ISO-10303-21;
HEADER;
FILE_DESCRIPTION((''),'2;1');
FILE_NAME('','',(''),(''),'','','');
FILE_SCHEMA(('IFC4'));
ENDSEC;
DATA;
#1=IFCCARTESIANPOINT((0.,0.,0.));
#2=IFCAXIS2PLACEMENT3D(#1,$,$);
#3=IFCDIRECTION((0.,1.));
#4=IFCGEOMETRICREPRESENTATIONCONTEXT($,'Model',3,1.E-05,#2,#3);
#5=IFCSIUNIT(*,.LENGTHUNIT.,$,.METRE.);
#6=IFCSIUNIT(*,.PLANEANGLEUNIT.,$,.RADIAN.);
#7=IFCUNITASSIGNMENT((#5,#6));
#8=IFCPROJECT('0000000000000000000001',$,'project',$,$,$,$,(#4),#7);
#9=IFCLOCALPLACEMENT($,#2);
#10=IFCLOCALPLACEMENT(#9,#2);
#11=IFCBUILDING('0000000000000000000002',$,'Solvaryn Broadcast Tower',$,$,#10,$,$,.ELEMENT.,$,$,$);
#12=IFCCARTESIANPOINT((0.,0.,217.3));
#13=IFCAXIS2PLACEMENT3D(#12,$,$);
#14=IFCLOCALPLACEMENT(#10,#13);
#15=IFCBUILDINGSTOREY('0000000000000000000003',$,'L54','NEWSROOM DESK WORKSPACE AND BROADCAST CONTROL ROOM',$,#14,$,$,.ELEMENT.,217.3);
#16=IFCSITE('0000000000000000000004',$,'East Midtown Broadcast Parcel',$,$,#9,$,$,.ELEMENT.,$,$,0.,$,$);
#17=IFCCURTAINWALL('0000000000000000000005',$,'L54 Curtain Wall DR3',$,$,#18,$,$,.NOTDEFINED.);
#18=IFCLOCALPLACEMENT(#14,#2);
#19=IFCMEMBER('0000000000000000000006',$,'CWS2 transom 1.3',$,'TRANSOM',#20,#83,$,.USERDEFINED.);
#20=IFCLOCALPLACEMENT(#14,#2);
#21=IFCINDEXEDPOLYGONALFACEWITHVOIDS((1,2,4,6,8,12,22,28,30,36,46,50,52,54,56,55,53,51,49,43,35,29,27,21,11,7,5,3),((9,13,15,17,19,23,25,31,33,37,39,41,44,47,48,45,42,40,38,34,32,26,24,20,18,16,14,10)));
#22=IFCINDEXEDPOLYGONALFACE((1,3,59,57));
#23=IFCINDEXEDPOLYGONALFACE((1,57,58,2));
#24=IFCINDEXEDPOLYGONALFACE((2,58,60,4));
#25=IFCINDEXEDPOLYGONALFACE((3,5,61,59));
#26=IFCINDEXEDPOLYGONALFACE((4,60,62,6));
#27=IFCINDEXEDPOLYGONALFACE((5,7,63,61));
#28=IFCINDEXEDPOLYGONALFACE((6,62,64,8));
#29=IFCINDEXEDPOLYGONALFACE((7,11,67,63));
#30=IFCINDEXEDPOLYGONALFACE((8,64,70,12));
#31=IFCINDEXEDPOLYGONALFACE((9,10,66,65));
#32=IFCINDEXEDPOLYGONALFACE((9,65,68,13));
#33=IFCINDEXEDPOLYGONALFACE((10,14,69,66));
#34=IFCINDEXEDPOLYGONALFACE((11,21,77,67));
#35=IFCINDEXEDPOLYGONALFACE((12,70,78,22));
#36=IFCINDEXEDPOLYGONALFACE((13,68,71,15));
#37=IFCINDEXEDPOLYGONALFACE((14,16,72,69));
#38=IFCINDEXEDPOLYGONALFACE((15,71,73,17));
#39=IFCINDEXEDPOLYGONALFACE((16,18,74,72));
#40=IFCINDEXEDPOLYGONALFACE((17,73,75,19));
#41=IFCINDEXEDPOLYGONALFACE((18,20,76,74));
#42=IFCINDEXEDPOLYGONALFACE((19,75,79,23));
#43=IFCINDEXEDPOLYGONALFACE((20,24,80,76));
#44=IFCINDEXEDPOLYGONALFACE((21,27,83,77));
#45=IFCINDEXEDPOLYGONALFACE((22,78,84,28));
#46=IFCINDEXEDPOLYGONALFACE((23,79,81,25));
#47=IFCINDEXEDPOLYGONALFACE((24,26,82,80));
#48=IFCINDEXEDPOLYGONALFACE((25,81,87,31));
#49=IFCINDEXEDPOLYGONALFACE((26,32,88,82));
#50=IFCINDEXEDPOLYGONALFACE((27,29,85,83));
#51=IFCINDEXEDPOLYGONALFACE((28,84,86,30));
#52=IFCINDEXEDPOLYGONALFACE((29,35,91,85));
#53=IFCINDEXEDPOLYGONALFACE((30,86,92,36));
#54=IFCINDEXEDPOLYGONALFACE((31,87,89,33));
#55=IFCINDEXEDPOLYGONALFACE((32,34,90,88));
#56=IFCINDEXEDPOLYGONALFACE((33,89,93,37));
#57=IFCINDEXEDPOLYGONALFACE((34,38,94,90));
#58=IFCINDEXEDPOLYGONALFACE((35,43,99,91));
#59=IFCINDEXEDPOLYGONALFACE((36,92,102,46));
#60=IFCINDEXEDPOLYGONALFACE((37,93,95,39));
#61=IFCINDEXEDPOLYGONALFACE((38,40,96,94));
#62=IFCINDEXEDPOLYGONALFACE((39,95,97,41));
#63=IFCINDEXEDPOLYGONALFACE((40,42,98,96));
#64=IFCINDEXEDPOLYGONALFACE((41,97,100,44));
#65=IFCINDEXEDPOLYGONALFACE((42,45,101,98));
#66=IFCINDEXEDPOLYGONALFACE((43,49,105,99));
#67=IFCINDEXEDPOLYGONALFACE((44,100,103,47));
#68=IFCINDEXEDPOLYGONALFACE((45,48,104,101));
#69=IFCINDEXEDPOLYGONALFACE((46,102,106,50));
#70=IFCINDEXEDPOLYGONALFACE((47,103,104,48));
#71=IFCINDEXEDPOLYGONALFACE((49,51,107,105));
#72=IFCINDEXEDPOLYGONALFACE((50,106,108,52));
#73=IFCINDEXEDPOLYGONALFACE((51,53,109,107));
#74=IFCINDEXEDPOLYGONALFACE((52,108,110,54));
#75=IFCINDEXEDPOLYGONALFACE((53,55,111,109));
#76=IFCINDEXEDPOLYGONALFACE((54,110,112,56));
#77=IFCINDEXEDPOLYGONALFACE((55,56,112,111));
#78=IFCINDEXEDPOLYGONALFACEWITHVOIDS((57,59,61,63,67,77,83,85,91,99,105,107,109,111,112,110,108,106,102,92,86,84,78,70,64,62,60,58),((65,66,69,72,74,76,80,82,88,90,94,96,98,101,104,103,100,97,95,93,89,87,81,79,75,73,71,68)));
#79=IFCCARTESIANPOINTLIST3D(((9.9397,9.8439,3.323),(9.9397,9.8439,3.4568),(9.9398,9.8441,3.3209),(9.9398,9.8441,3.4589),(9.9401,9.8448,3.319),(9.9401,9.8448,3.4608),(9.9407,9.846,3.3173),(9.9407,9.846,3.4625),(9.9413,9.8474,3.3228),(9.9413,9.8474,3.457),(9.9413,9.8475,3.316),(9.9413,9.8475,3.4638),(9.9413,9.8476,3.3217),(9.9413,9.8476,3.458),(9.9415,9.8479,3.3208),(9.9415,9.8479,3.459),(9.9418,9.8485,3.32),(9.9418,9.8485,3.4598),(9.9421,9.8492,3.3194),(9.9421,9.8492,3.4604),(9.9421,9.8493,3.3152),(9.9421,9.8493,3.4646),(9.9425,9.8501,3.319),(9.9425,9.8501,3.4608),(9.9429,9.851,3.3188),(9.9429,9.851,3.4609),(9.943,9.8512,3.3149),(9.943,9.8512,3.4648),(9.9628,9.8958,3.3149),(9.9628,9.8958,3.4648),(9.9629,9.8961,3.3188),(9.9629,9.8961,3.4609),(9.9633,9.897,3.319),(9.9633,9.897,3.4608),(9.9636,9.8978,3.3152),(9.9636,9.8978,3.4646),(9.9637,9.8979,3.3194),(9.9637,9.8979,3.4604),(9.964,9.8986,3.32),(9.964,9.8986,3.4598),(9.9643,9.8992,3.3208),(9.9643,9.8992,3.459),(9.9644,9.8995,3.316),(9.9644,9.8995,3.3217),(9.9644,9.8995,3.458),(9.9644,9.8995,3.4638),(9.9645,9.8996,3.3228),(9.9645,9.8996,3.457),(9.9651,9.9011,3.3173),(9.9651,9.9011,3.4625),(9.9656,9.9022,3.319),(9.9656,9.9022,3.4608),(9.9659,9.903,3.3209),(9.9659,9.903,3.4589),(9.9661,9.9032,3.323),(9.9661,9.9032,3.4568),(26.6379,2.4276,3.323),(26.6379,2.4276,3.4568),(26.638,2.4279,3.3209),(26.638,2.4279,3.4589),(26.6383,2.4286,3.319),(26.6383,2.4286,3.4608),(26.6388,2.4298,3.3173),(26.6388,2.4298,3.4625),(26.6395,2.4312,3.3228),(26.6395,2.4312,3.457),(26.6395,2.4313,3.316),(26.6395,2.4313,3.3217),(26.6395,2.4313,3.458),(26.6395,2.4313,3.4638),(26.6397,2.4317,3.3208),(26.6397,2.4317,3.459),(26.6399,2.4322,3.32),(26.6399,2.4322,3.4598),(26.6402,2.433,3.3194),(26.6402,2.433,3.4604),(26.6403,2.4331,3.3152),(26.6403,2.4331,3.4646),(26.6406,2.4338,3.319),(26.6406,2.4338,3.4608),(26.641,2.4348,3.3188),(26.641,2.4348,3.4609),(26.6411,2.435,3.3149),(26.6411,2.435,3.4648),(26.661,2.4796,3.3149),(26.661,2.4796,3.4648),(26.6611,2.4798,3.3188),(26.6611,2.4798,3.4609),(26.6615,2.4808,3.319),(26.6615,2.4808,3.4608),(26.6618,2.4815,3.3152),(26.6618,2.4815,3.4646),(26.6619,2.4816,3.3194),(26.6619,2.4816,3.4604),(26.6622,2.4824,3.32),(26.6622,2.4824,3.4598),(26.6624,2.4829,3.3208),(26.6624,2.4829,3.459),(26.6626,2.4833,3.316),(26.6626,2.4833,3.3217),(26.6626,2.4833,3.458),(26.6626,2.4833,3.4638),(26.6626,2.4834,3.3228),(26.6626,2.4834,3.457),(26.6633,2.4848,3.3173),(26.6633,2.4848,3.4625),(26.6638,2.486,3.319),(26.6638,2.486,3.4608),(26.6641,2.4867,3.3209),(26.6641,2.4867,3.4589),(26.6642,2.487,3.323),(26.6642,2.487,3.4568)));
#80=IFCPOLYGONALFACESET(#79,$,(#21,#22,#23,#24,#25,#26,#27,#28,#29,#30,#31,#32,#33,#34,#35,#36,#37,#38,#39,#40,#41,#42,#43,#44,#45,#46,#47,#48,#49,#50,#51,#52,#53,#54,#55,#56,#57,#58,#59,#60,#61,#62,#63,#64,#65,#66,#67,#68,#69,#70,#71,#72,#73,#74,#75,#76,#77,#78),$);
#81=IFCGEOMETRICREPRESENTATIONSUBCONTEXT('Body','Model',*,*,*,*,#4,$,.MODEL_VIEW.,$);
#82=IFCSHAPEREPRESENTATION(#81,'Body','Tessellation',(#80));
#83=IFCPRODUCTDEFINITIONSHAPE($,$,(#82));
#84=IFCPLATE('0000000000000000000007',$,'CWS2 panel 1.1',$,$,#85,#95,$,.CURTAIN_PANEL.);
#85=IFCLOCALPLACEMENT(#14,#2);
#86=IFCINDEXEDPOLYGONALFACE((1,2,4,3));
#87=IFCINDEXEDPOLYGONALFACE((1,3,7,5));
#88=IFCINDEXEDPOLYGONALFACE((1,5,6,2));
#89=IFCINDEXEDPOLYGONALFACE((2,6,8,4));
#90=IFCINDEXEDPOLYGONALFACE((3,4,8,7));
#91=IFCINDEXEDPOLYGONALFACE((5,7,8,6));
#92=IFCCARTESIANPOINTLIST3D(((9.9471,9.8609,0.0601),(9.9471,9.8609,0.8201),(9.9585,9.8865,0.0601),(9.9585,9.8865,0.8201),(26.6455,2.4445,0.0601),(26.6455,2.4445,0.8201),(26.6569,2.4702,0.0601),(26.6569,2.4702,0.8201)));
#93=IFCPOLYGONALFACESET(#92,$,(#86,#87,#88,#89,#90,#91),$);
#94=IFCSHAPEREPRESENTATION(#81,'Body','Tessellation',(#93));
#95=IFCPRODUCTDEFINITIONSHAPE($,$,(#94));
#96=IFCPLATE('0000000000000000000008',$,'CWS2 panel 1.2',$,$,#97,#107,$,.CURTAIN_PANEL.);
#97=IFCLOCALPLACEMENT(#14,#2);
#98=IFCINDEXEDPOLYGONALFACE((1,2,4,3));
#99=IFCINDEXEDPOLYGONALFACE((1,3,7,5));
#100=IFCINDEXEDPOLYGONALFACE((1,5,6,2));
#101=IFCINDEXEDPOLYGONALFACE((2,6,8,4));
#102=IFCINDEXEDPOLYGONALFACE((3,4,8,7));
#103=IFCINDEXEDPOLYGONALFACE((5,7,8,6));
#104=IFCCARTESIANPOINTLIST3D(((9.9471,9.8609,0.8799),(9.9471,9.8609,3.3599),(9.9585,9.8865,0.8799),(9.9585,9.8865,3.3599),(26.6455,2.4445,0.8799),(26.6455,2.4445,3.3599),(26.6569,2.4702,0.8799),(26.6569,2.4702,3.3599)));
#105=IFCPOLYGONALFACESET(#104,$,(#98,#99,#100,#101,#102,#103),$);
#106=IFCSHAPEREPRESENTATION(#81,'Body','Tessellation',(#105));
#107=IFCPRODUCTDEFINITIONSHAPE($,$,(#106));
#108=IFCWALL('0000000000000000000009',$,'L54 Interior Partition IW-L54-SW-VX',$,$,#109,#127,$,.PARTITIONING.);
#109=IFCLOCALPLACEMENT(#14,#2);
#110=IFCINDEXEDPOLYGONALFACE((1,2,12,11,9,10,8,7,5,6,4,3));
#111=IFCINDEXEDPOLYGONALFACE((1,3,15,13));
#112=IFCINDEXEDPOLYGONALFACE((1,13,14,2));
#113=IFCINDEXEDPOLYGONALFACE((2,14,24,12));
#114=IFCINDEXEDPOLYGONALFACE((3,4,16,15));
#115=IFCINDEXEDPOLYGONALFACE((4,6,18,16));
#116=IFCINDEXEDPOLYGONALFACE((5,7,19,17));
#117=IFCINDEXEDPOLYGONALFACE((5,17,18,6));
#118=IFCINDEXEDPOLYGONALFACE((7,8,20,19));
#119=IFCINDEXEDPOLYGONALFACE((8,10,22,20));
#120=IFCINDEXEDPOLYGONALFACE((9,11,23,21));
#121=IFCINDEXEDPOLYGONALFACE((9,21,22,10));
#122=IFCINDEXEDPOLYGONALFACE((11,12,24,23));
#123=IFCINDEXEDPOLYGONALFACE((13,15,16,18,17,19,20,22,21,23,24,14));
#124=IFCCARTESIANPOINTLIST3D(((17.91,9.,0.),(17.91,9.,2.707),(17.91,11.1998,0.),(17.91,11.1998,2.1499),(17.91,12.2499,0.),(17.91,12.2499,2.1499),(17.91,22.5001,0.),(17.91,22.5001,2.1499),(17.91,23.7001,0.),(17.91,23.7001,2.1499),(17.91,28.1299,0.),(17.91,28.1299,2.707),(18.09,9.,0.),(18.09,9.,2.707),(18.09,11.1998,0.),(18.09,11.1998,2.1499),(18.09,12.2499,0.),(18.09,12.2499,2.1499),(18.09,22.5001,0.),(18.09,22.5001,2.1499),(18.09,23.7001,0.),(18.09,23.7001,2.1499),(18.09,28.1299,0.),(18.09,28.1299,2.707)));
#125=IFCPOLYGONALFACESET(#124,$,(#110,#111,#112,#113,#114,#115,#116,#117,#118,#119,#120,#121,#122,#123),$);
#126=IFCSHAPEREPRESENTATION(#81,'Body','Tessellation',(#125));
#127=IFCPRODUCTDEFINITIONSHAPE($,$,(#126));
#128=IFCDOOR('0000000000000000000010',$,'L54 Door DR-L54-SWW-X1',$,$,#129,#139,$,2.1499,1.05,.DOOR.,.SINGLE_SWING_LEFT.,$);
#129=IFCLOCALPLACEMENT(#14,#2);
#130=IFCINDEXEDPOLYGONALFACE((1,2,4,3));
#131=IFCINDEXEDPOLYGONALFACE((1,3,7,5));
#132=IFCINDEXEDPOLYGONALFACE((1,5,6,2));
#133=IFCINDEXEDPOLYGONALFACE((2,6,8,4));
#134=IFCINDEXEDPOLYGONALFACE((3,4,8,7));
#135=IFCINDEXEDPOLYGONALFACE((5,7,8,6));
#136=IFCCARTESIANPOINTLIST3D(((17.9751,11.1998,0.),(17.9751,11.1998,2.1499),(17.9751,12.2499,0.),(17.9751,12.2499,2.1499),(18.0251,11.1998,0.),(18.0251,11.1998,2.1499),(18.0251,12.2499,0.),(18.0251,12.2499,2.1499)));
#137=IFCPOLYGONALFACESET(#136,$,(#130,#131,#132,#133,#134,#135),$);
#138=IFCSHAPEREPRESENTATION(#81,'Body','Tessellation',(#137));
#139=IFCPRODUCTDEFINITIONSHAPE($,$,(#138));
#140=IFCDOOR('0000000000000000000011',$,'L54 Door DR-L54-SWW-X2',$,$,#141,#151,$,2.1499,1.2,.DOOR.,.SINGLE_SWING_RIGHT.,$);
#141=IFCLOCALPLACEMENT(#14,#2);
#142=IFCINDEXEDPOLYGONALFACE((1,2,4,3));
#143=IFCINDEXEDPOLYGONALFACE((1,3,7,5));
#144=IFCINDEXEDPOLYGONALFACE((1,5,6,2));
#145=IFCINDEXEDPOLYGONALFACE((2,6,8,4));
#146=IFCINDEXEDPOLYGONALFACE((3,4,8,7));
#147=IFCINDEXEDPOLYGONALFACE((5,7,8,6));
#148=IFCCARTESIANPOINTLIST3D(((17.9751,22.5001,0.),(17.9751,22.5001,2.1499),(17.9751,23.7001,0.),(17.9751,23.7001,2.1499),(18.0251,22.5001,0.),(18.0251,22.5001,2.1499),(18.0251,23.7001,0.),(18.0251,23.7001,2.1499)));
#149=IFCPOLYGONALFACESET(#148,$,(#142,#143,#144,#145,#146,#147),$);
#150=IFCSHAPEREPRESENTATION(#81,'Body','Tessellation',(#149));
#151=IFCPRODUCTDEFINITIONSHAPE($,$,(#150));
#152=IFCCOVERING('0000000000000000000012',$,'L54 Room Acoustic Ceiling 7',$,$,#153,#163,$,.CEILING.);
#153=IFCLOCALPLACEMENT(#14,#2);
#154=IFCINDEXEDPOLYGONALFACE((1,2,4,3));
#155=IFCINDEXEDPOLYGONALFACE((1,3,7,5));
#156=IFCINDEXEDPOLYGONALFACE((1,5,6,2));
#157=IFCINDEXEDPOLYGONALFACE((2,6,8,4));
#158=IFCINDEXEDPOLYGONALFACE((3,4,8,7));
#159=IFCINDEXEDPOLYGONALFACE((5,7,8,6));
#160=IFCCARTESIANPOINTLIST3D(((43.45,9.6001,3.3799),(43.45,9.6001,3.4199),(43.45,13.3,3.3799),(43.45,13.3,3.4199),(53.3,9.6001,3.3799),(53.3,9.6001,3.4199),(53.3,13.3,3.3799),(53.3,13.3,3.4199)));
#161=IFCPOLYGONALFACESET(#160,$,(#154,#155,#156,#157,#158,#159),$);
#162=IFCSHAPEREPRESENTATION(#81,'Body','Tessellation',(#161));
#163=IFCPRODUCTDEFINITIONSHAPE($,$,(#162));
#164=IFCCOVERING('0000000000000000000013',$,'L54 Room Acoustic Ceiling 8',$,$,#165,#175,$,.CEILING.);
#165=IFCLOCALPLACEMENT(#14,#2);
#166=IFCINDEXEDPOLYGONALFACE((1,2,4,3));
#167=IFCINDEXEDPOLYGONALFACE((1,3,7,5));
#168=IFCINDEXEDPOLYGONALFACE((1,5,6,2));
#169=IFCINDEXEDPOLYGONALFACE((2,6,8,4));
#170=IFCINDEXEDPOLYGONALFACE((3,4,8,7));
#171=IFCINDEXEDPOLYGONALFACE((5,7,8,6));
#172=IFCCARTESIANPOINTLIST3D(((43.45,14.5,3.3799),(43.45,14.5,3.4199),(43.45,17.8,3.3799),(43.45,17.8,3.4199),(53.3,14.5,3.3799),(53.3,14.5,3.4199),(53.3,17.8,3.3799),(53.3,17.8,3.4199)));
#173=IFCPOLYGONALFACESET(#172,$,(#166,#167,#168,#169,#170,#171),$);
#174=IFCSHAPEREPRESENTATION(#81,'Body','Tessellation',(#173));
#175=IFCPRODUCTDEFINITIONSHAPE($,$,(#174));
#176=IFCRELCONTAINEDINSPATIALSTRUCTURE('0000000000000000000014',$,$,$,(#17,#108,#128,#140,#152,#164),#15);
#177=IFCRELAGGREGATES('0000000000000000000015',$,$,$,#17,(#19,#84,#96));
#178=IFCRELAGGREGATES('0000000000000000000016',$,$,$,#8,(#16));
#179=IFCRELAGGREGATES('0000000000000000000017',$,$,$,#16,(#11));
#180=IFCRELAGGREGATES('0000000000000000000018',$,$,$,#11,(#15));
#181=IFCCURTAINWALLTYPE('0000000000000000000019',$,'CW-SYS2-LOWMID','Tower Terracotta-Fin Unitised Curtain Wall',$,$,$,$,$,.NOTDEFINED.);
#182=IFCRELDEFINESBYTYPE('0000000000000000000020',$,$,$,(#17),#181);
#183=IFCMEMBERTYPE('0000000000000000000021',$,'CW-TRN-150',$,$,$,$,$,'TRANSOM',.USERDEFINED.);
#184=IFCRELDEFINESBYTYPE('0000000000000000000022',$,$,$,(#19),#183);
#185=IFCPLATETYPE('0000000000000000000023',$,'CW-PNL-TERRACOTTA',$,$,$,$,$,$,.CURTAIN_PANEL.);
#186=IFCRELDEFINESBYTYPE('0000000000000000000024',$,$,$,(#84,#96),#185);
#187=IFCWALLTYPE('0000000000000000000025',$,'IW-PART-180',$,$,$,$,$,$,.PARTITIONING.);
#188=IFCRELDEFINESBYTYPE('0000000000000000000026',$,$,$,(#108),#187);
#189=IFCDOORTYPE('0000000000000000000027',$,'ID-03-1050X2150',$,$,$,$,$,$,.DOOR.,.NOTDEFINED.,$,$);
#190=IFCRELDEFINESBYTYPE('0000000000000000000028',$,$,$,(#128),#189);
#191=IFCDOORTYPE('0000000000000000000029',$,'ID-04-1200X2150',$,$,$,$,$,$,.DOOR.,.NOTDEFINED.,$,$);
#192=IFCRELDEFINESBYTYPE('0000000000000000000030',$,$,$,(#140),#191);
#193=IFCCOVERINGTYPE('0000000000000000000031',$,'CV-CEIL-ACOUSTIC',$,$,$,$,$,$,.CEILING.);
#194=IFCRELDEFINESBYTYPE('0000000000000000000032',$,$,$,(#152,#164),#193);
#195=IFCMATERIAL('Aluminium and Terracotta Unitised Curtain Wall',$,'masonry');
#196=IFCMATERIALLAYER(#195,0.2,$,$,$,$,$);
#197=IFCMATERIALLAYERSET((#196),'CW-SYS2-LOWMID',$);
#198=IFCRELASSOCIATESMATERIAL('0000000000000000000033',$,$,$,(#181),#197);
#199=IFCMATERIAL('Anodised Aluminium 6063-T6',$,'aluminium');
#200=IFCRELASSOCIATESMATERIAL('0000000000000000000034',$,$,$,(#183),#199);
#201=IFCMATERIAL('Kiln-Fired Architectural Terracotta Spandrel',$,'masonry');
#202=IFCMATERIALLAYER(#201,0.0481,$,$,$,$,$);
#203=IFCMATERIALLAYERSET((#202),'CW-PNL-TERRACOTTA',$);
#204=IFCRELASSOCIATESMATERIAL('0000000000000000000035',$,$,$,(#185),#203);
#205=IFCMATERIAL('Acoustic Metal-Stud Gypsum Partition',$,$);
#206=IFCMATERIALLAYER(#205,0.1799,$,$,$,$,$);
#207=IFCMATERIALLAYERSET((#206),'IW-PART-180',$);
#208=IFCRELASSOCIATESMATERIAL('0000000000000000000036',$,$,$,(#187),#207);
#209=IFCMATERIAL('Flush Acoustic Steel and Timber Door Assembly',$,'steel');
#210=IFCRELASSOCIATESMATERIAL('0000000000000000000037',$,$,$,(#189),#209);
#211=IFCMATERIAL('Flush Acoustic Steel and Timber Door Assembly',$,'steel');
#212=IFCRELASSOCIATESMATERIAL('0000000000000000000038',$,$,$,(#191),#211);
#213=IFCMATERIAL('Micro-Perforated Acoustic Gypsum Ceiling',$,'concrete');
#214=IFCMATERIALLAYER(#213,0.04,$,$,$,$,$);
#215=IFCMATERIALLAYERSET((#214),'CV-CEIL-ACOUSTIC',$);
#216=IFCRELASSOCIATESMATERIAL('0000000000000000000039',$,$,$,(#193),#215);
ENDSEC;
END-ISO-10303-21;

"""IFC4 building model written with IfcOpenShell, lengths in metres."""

from ifc_helpers import new_model, si_unit, direction, frame, frame_2d, origin, origin_2d, place, context, subcontext, project, spatial, polyline, rectangle, hollow_rectangle, outline, extrude, material, layer, layer_set, material_profile, profile_set, type_object, element, fill, aggregate, save


model = new_model("IFC4")

# Units and contexts
model_context = context("Model", 3, precision=1e-05, world=origin(), true_north=direction((0.0, 1.0)))
body_context = subcontext(model_context, "Body", "Model", "MODEL_VIEW")
ifc_project = project(units=[si_unit("LENGTHUNIT", "METRE"), si_unit("PLANEANGLEUNIT", "RADIAN")], contexts=[model_context])

# Site, building, storey
site_placement = place(None, origin())
site = spatial("IfcSite", under=ifc_project, at=site_placement, Name="East Midtown Broadcast Parcel", CompositionType="ELEMENT", RefElevation=0.0)
building_placement = place(site_placement, origin())
building = spatial("IfcBuilding", under=site, at=building_placement, Name="Solvaryn Broadcast Tower", CompositionType="ELEMENT")
storey_placement = place(building_placement, frame((0.0, 0.0, 217.3)))
storey = spatial("IfcBuildingStorey", under=building, at=storey_placement, Name="L54", Description="NEWSROOM DESK WORKSPACE AND BROADCAST CONTROL ROOM", CompositionType="ELEMENT", Elevation=217.3)

# Curtain wall, member, plates
ifc_material_1 = material(Name="Aluminium and Terracotta Unitised Curtain Wall", Category="masonry")
ifc_layer_1 = layer(ifc_material_1, 0.2)
ifc_layer_set_1 = layer_set([ifc_layer_1], Name="CW-SYS2-LOWMID")
curtain_wall_type = type_object("IfcCurtainWallType", Name="CW-SYS2-LOWMID", Description="Tower Terracotta-Fin Unitised Curtain Wall", PredefinedType="NOTDEFINED", material=ifc_layer_set_1)
curtain_wall_placement = place(storey_placement, origin())
curtain_wall = element("IfcCurtainWall", 1, at=curtain_wall_placement, inside=storey, type_object=curtain_wall_type, Name="L54 Curtain Wall DR3", PredefinedType="NOTDEFINED")
ifc_material_2 = material(Name="Anodised Aluminium 6063-T6", Category="aluminium")
ifc_material_profile_1 = material_profile(ifc_material_2, hollow_rectangle(XDim=0.0649, YDim=0.1499, WallThickness=0.0039, InnerFilletRadius=0.0039, OuterFilletRadius=0.0081, at=origin_2d()))
ifc_profile_set_1 = profile_set([ifc_material_profile_1], Name="Anodised Aluminium 6063-T6")
member_type = type_object("IfcMemberType", Name="CW-TRN-150", ElementType="TRANSOM", PredefinedType="USERDEFINED", material=ifc_profile_set_1)
member_1_placement = place(storey_placement, frame((9.9529, 9.8735, 3.3899), z_axis=(0.913917, -0.405902, 0.0), x_axis=(0.405902, 0.913917, 0.0)))
member_1 = element("IfcMember", 2, at=member_1_placement, type_object=member_type, Name="CWS2 transom 1.3", ObjectType="TRANSOM", PredefinedType="USERDEFINED", context=body_context, shape_type="SweptSolid", body=[
    extrude(hollow_rectangle(XDim=0.0649, YDim=0.1499, WallThickness=0.0039, InnerFilletRadius=0.0039, OuterFilletRadius=0.0081, at=origin_2d()), origin(), (0.0, 0.0, 1.0), 18.271),
])
ifc_material_3 = material(Name="Kiln-Fired Architectural Terracotta Spandrel", Category="masonry")
ifc_layer_2 = layer(ifc_material_3, 0.0481)
ifc_layer_set_2 = layer_set([ifc_layer_2], Name="CW-PNL-TERRACOTTA")
plate_type = type_object("IfcPlateType", Name="CW-PNL-TERRACOTTA", PredefinedType="CURTAIN_PANEL", material=ifc_layer_set_2)
plate_1_placement = place(storey_placement, frame((18.302, 6.1655, 0.0601), z_axis=(0.0, 0.0, 1.0), x_axis=(0.913917, -0.405901, 0.0)))
plate_1 = element("IfcPlate", 3, at=plate_1_placement, type_object=plate_type, Name="CWS2 panel 1.1", PredefinedType="CURTAIN_PANEL", context=body_context, shape_type="SweptSolid", body=[
    extrude(rectangle(XDim=18.2712, YDim=0.0281, at=origin_2d()), origin(), (0.0, 0.0, 1.0), 0.76),
])
plate_2_placement = place(storey_placement, frame((18.302, 6.1655, 0.8799), z_axis=(0.0, 0.0, 1.0), x_axis=(0.913917, -0.405901, 0.0)))
plate_2 = element("IfcPlate", 4, at=plate_2_placement, type_object=plate_type, Name="CWS2 panel 1.2", PredefinedType="CURTAIN_PANEL", context=body_context, shape_type="SweptSolid", body=[
    extrude(rectangle(XDim=18.2712, YDim=0.0281, at=origin_2d()), origin(), (0.0, 0.0, 1.0), 2.48),
])
aggregate(curtain_wall, [member_1, plate_1, plate_2])

# Wall, openings, doors
ifc_material_4 = material(Name="Acoustic Metal-Stud Gypsum Partition")
ifc_layer_3 = layer(ifc_material_4, 0.1799)
ifc_layer_set_3 = layer_set([ifc_layer_3], Name="IW-PART-180")
wall_type = type_object("IfcWallType", Name="IW-PART-180", PredefinedType="PARTITIONING", material=ifc_layer_set_3)
wall_placement = place(storey_placement, frame((18.0, 9.0, 0.0), z_axis=(0.0, 0.0, 1.0), x_axis=(0.0, 1.0, 0.0)))
wall = element("IfcWall", 5, at=wall_placement, inside=storey, type_object=wall_type, Name="L54 Interior Partition IW-L54-SW-VX", PredefinedType="PARTITIONING", context=body_context, shape_type="SweptSolid", body=[
    extrude(rectangle(XDim=19.1299, YDim=0.1799, at=frame_2d((9.5649, 0.0))), origin(), (0.0, 0.0, 1.0), 2.707),
])
opening_1_placement = place(wall_placement, frame((2.2, 0.0, 0.0)))
opening_1 = element("IfcOpeningElement", 6, at=opening_1_placement, cuts=wall, PredefinedType="OPENING", context=body_context, shape_type="SweptSolid", body=[
    extrude(rectangle(XDim=1.05, YDim=2.1499, at=frame_2d((0.5249, 1.075))), frame((0.0, 0.0999, 0.0), z_axis=(0.0, -1.0, 0.0), x_axis=(1.0, 0.0, 0.0)), (0.0, 0.0, 1.0), 0.2),
])
opening_2_placement = place(wall_placement, frame((13.5, 0.0, 0.0)))
opening_2 = element("IfcOpeningElement", 7, at=opening_2_placement, cuts=wall, PredefinedType="OPENING", context=body_context, shape_type="SweptSolid", body=[
    extrude(rectangle(XDim=1.2, YDim=2.1499, at=frame_2d((0.6001, 1.075))), frame((0.0, 0.0999, 0.0), z_axis=(0.0, -1.0, 0.0), x_axis=(1.0, 0.0, 0.0)), (0.0, 0.0, 1.0), 0.2),
])
ifc_material_5 = material(Name="Flush Acoustic Steel and Timber Door Assembly", Category="steel")
door_type_1 = type_object("IfcDoorType", Name="ID-03-1050X2150", OperationType="NOTDEFINED", PredefinedType="DOOR", material=ifc_material_5)
door_1_placement = place(opening_1_placement, origin())
door_1 = element("IfcDoor", 8, at=door_1_placement, inside=storey, type_object=door_type_1, Name="L54 Door DR-L54-SWW-X1", OperationType="SINGLE_SWING_LEFT", OverallHeight=2.1499, OverallWidth=1.05, PredefinedType="DOOR", context=body_context, shape_type="SweptSolid", body=[
    extrude(rectangle(XDim=1.05, YDim=2.1499, at=frame_2d((0.5249, 1.075))), frame((0.0, 0.0249, 0.0), z_axis=(0.0, -1.0, 0.0), x_axis=(1.0, 0.0, 0.0)), (0.0, 0.0, 1.0), 0.05),
])
fill(opening_1, door_1)
ifc_material_6 = material(Name="Flush Acoustic Steel and Timber Door Assembly", Category="steel")
door_type_2 = type_object("IfcDoorType", Name="ID-04-1200X2150", OperationType="NOTDEFINED", PredefinedType="DOOR", material=ifc_material_6)
door_2_placement = place(opening_2_placement, origin())
door_2 = element("IfcDoor", 9, at=door_2_placement, inside=storey, type_object=door_type_2, Name="L54 Door DR-L54-SWW-X2", OperationType="SINGLE_SWING_RIGHT", OverallHeight=2.1499, OverallWidth=1.2, PredefinedType="DOOR", context=body_context, shape_type="SweptSolid", body=[
    extrude(rectangle(XDim=1.2, YDim=2.1499, at=frame_2d((0.6001, 1.075))), frame((0.0, 0.0249, 0.0), z_axis=(0.0, -1.0, 0.0), x_axis=(1.0, 0.0, 0.0)), (0.0, 0.0, 1.0), 0.05),
])
fill(opening_2, door_2)

# Coverings
ifc_material_7 = material(Name="Micro-Perforated Acoustic Gypsum Ceiling", Category="concrete")
ifc_layer_4 = layer(ifc_material_7, 0.04)
ifc_layer_set_4 = layer_set([ifc_layer_4], Name="CV-CEIL-ACOUSTIC")
covering_type_1 = type_object("IfcCoveringType", Name="CV-CEIL-ACOUSTIC", PredefinedType="CEILING", material=ifc_layer_set_4)
covering_1_placement = place(storey_placement, frame((0.0, 0.0, 3.3799)))
element("IfcCovering", 10, at=covering_1_placement, inside=storey, type_object=covering_type_1, Name="L54 Room Acoustic Ceiling 7", PredefinedType="CEILING", context=body_context, shape_type="SweptSolid", body=[
    extrude(outline(polyline([(43.45, 9.6001), (53.3, 9.6001), (53.3, 13.3), (43.45, 13.3), (43.45, 9.6001)])), origin(), (0.0, 0.0, 1.0), 0.04),
])
covering_2_placement = place(storey_placement, frame((0.0, 0.0, 3.3799)))
element("IfcCovering", 11, at=covering_2_placement, inside=storey, type_object=covering_type_1, Name="L54 Room Acoustic Ceiling 8", PredefinedType="CEILING", context=body_context, shape_type="SweptSolid", body=[
    extrude(outline(polyline([(43.45, 14.5), (53.3, 14.5), (53.3, 17.8), (43.45, 17.8), (43.45, 14.5)])), origin(), (0.0, 0.0, 1.0), 0.04),
])

save(model, "model.ifc")
